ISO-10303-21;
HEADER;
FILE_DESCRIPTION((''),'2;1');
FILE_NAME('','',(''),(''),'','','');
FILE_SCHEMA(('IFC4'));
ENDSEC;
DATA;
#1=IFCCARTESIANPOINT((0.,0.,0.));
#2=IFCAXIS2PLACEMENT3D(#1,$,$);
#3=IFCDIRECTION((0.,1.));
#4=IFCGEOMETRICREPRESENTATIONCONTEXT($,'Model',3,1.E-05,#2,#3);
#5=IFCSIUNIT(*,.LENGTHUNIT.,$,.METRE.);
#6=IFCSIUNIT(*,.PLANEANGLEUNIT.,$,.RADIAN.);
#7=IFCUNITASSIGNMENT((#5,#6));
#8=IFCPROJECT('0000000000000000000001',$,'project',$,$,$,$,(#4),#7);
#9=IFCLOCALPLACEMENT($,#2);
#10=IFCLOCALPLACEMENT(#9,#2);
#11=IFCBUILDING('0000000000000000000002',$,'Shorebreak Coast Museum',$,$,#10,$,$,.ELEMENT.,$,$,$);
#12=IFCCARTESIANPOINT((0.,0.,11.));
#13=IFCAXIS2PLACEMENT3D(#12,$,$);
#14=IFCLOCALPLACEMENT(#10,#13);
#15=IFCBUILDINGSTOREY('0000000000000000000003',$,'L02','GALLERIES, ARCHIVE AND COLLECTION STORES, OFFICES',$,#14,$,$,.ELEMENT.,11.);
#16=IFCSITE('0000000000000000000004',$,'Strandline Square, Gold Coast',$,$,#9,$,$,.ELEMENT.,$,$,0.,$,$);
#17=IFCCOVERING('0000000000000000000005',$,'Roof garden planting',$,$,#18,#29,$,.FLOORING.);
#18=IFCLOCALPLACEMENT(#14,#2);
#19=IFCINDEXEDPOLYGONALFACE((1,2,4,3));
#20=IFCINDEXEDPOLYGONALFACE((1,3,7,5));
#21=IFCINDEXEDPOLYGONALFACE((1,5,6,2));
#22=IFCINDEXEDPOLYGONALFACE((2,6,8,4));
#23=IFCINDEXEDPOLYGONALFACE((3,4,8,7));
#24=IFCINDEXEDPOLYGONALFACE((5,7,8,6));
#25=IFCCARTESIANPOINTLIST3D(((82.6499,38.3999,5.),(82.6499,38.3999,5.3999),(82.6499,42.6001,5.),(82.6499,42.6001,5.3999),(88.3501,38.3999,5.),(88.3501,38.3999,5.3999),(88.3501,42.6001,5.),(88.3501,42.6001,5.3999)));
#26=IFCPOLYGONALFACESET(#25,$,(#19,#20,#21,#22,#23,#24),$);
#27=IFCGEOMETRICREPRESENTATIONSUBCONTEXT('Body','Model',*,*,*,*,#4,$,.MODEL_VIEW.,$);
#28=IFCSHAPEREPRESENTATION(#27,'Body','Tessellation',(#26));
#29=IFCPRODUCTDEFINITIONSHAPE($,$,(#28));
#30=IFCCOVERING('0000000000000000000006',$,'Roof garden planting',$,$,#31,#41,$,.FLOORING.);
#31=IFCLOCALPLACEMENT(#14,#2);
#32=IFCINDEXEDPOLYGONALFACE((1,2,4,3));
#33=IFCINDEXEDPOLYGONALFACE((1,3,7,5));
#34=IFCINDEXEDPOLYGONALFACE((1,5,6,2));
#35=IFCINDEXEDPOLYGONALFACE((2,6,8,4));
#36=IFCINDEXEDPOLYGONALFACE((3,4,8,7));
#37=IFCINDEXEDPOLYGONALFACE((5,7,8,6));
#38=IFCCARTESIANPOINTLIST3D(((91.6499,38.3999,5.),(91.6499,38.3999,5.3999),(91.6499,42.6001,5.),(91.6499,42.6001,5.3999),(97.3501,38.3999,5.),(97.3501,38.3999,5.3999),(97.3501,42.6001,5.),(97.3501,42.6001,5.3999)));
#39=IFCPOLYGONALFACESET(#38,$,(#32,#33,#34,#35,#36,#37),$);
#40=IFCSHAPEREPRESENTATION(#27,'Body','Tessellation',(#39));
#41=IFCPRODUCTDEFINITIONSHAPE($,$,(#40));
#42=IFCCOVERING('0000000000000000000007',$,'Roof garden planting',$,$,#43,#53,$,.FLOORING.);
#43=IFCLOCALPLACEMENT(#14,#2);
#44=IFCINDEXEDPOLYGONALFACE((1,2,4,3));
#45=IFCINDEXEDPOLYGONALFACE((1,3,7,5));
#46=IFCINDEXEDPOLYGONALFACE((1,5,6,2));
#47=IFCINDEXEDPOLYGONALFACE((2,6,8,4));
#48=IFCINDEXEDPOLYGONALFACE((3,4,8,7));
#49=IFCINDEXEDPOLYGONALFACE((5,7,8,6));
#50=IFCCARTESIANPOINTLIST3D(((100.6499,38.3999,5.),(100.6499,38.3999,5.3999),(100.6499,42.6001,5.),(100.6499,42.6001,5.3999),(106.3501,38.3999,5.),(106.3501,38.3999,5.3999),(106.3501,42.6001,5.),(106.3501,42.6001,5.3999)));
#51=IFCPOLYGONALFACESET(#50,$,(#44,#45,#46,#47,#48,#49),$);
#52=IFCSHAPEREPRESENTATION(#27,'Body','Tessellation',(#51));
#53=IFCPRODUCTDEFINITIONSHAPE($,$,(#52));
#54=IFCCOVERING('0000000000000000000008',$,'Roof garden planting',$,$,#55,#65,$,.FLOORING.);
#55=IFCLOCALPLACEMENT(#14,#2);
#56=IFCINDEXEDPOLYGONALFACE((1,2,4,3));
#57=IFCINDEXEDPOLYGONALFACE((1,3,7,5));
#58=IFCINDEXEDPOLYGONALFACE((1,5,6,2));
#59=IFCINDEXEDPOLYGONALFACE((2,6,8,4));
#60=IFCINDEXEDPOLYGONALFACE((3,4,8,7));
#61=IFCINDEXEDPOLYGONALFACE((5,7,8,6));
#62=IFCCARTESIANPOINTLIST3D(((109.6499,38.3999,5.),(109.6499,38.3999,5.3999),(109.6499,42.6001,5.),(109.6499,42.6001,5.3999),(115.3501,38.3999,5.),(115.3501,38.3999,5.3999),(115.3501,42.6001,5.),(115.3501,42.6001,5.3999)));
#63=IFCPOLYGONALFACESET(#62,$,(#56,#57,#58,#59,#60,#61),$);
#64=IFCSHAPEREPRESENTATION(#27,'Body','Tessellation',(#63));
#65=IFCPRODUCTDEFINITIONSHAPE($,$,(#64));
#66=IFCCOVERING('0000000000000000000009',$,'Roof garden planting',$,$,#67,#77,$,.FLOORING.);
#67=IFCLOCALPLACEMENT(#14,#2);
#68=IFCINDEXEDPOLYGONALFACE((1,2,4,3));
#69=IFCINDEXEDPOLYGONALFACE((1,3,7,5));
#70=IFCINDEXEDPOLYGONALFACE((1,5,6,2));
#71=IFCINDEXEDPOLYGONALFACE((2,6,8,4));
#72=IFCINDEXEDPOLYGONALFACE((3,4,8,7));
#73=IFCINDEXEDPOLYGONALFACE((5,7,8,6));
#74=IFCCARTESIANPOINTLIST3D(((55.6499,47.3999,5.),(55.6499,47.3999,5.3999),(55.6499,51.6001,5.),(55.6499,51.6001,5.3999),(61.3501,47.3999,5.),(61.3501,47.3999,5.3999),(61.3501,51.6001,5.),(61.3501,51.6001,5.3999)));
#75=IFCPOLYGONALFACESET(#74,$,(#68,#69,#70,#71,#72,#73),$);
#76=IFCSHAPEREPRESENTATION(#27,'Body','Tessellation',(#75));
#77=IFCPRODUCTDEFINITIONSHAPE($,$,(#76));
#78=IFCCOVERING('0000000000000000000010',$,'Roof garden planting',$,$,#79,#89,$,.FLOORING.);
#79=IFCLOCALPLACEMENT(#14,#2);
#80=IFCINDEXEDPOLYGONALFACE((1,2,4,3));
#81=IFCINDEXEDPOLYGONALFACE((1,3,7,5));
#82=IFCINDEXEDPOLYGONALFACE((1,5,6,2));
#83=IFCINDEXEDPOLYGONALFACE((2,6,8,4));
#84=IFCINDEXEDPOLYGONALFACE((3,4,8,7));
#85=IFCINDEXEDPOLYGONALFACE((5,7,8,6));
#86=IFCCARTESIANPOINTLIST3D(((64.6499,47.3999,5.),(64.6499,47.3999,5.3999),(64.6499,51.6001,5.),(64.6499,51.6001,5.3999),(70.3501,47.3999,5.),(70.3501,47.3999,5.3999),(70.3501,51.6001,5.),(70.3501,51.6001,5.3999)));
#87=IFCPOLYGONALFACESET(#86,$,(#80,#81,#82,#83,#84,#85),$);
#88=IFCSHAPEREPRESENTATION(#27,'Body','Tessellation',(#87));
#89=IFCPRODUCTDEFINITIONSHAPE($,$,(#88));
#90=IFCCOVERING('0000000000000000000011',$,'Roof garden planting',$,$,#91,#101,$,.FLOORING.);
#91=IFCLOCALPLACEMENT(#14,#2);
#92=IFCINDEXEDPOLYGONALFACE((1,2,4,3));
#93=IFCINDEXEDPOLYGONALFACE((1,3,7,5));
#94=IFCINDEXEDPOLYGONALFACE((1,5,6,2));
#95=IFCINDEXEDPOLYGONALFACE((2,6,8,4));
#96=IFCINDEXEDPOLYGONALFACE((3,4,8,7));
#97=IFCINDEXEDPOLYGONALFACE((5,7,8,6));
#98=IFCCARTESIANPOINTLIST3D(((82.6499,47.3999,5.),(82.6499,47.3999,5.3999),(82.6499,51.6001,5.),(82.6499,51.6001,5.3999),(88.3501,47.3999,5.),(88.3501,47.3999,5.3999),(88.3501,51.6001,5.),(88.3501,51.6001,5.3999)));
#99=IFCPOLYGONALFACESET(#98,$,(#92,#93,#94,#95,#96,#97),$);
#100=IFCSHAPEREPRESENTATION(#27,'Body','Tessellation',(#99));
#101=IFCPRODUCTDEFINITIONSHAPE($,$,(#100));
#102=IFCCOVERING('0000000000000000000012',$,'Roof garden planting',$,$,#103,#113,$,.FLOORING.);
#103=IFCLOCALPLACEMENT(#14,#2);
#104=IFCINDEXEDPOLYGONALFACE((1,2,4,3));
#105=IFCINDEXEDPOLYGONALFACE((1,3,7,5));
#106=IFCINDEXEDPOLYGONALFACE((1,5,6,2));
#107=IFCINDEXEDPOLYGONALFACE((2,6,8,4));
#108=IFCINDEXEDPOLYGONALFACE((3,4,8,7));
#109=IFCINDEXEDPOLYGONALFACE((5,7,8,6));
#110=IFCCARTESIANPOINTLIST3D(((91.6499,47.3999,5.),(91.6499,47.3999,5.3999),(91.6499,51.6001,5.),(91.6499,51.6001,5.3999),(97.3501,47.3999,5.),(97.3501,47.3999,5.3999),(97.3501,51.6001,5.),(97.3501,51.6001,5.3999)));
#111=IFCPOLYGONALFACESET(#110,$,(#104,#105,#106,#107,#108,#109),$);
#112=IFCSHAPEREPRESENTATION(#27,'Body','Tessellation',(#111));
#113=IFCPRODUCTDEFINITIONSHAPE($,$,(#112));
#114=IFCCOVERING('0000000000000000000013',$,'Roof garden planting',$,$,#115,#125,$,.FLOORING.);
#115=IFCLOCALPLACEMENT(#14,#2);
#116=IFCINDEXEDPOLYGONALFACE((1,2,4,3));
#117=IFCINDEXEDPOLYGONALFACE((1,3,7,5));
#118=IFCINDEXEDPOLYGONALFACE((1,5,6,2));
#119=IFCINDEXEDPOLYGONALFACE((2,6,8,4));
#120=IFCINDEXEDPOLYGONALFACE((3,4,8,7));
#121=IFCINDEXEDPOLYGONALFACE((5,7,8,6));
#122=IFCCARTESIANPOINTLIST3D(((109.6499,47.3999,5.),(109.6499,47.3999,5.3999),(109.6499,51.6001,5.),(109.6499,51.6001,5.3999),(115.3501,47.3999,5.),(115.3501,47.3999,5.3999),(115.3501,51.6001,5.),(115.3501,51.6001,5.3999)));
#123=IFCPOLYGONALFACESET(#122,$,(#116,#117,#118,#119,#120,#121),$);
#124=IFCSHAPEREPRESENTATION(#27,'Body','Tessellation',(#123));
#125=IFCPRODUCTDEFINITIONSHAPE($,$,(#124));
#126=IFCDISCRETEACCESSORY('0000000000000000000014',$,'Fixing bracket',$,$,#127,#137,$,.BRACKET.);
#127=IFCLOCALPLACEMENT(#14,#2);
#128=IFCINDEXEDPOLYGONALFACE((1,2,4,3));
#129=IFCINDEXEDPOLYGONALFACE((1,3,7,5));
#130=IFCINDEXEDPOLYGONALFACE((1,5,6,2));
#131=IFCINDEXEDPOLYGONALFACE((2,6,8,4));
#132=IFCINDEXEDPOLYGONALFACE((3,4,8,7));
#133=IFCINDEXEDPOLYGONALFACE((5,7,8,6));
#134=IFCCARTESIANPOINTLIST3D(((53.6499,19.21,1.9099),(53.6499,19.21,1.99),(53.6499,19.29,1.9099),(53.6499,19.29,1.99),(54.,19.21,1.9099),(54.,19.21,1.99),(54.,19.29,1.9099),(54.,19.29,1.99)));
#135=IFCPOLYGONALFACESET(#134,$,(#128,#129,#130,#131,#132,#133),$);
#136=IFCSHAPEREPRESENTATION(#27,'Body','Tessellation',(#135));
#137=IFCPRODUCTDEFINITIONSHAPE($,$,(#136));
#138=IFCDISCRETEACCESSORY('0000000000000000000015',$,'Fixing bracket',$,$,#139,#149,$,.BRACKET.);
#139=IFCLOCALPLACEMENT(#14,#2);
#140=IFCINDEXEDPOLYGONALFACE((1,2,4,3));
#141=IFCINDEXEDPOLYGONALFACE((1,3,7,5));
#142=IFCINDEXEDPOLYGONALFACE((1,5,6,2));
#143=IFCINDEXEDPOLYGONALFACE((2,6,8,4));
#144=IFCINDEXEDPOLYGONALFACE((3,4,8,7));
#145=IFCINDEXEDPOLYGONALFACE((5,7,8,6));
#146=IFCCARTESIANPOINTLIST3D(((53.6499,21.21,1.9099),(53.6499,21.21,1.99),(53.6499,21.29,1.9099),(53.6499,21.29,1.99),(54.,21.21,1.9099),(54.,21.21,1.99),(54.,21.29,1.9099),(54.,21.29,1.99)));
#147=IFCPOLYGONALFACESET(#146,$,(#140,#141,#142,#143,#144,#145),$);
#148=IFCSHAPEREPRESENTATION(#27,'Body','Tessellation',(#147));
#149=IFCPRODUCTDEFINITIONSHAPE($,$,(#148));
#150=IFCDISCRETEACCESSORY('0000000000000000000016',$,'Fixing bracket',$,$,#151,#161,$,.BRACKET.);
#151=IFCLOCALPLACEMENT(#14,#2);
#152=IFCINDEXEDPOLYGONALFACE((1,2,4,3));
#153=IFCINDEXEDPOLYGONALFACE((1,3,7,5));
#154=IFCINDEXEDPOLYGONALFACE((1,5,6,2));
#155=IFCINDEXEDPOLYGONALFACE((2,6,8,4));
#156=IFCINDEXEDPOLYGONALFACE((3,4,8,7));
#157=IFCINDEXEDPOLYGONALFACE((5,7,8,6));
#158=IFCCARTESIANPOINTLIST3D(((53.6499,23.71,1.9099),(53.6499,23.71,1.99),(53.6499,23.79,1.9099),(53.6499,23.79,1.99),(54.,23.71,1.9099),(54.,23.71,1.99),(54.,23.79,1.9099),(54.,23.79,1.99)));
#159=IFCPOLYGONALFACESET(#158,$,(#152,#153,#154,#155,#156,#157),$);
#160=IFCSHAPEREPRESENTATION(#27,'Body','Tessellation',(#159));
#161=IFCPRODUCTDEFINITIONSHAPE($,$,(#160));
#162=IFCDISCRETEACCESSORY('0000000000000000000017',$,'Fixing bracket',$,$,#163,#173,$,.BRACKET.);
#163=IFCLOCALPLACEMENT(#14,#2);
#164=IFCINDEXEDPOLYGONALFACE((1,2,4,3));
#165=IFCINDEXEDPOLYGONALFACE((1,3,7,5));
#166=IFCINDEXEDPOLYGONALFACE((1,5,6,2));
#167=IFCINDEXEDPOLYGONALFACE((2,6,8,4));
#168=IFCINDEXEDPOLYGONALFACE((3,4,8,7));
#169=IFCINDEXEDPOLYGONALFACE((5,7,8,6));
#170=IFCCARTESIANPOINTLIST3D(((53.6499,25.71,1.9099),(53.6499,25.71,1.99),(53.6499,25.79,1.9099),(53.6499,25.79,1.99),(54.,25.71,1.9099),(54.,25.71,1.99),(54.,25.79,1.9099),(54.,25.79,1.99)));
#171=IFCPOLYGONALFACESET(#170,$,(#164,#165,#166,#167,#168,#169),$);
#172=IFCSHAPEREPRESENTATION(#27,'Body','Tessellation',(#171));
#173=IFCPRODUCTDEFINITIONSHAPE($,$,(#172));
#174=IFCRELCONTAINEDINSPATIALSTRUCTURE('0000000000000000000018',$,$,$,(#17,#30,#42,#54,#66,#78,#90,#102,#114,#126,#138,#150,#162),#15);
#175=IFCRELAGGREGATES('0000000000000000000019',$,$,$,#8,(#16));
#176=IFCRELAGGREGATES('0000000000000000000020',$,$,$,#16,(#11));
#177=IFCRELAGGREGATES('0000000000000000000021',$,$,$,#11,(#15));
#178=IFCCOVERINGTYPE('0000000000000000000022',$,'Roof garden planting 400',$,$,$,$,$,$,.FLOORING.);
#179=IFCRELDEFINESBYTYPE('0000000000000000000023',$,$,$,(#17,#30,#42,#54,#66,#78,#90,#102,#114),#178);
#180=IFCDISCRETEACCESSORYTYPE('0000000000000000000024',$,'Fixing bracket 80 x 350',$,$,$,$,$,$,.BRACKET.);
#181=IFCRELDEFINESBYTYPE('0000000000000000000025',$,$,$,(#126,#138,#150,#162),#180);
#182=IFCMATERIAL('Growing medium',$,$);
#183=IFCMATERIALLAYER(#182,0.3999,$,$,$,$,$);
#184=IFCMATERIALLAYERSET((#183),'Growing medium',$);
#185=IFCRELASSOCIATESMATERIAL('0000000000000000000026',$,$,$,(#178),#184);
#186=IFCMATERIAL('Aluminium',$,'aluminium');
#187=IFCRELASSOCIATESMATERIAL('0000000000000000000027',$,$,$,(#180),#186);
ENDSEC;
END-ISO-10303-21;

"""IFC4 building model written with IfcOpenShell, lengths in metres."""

from ifc_helpers import new_model, si_unit, direction, frame, origin, origin_2d, place, context, subcontext, project, spatial, polyline, rectangle, outline, extrude, material, layer, layer_set, type_object, element, save


model = new_model("IFC4")

# Units and contexts
model_context = context("Model", 3, precision=1e-05, world=origin(), true_north=direction((0.0, 1.0)))
body_context = subcontext(model_context, "Body", "Model", "MODEL_VIEW")
ifc_project = project(units=[si_unit("LENGTHUNIT", "METRE"), si_unit("PLANEANGLEUNIT", "RADIAN")], contexts=[model_context])

# Site, building, storey
site_placement = place(None, origin())
site = spatial("IfcSite", under=ifc_project, at=site_placement, Name="Strandline Square, Gold Coast", CompositionType="ELEMENT", RefElevation=0.0)
building_placement = place(site_placement, origin())
building = spatial("IfcBuilding", under=site, at=building_placement, Name="Shorebreak Coast Museum", CompositionType="ELEMENT")
storey_placement = place(building_placement, frame((0.0, 0.0, 11.0)))
storey = spatial("IfcBuildingStorey", under=building, at=storey_placement, Name="L02", Description="GALLERIES, ARCHIVE AND COLLECTION STORES, OFFICES", CompositionType="ELEMENT", Elevation=11.0)

# Coverings
ifc_material_1 = material(Name="Growing medium")
ifc_layer_1 = layer(ifc_material_1, 0.3999)
ifc_layer_set_1 = layer_set([ifc_layer_1], Name="Growing medium")
covering_type_1 = type_object("IfcCoveringType", Name="Roof garden planting 400", PredefinedType="FLOORING", material=ifc_layer_set_1)
covering_1_placement = place(storey_placement, frame((0.0, 0.0, 5.0)))
element("IfcCovering", 1, at=covering_1_placement, inside=storey, type_object=covering_type_1, Name="Roof garden planting", PredefinedType="FLOORING", context=body_context, shape_type="SweptSolid", body=[
    extrude(outline(polyline([(88.3501, 38.3999), (88.3501, 42.6001), (82.6499, 42.6001), (82.6499, 38.3999), (88.3501, 38.3999)])), origin(), (0.0, 0.0, 1.0), 0.3999),
])
covering_2_placement = place(storey_placement, frame((0.0, 0.0, 5.0)))
element("IfcCovering", 2, at=covering_2_placement, inside=storey, type_object=covering_type_1, Name="Roof garden planting", PredefinedType="FLOORING", context=body_context, shape_type="SweptSolid", body=[
    extrude(outline(polyline([(97.3501, 38.3999), (97.3501, 42.6001), (91.6499, 42.6001), (91.6499, 38.3999), (97.3501, 38.3999)])), origin(), (0.0, 0.0, 1.0), 0.3999),
])
covering_3_placement = place(storey_placement, frame((0.0, 0.0, 5.0)))
element("IfcCovering", 3, at=covering_3_placement, inside=storey, type_object=covering_type_1, Name="Roof garden planting", PredefinedType="FLOORING", context=body_context, shape_type="SweptSolid", body=[
    extrude(outline(polyline([(106.3501, 38.3999), (106.3501, 42.6001), (100.6499, 42.6001), (100.6499, 38.3999), (106.3501, 38.3999)])), origin(), (0.0, 0.0, 1.0), 0.3999),
])
covering_4_placement = place(storey_placement, frame((0.0, 0.0, 5.0)))
element("IfcCovering", 4, at=covering_4_placement, inside=storey, type_object=covering_type_1, Name="Roof garden planting", PredefinedType="FLOORING", context=body_context, shape_type="SweptSolid", body=[
    extrude(outline(polyline([(115.3501, 38.3999), (115.3501, 42.6001), (109.6499, 42.6001), (109.6499, 38.3999), (115.3501, 38.3999)])), origin(), (0.0, 0.0, 1.0), 0.3999),
])
covering_5_placement = place(storey_placement, frame((0.0, 0.0, 5.0)))
element("IfcCovering", 5, at=covering_5_placement, inside=storey, type_object=covering_type_1, Name="Roof garden planting", PredefinedType="FLOORING", context=body_context, shape_type="SweptSolid", body=[
    extrude(outline(polyline([(61.3501, 47.3999), (61.3501, 51.6001), (55.6499, 51.6001), (55.6499, 47.3999), (61.3501, 47.3999)])), origin(), (0.0, 0.0, 1.0), 0.3999),
])
covering_6_placement = place(storey_placement, frame((0.0, 0.0, 5.0)))
element("IfcCovering", 6, at=covering_6_placement, inside=storey, type_object=covering_type_1, Name="Roof garden planting", PredefinedType="FLOORING", context=body_context, shape_type="SweptSolid", body=[
    extrude(outline(polyline([(70.3501, 47.3999), (70.3501, 51.6001), (64.6499, 51.6001), (64.6499, 47.3999), (70.3501, 47.3999)])), origin(), (0.0, 0.0, 1.0), 0.3999),
])
covering_7_placement = place(storey_placement, frame((0.0, 0.0, 5.0)))
element("IfcCovering", 7, at=covering_7_placement, inside=storey, type_object=covering_type_1, Name="Roof garden planting", PredefinedType="FLOORING", context=body_context, shape_type="SweptSolid", body=[
    extrude(outline(polyline([(88.3501, 47.3999), (88.3501, 51.6001), (82.6499, 51.6001), (82.6499, 47.3999), (88.3501, 47.3999)])), origin(), (0.0, 0.0, 1.0), 0.3999),
])
covering_8_placement = place(storey_placement, frame((0.0, 0.0, 5.0)))
element("IfcCovering", 8, at=covering_8_placement, inside=storey, type_object=covering_type_1, Name="Roof garden planting", PredefinedType="FLOORING", context=body_context, shape_type="SweptSolid", body=[
    extrude(outline(polyline([(97.3501, 47.3999), (97.3501, 51.6001), (91.6499, 51.6001), (91.6499, 47.3999), (97.3501, 47.3999)])), origin(), (0.0, 0.0, 1.0), 0.3999),
])
covering_9_placement = place(storey_placement, frame((0.0, 0.0, 5.0)))
element("IfcCovering", 9, at=covering_9_placement, inside=storey, type_object=covering_type_1, Name="Roof garden planting", PredefinedType="FLOORING", context=body_context, shape_type="SweptSolid", body=[
    extrude(outline(polyline([(115.3501, 47.3999), (115.3501, 51.6001), (109.6499, 51.6001), (109.6499, 47.3999), (115.3501, 47.3999)])), origin(), (0.0, 0.0, 1.0), 0.3999),
])

# Discrete accessories
ifc_material_2 = material(Name="Aluminium", Category="aluminium")
discrete_accessory_type = type_object("IfcDiscreteAccessoryType", Name="Fixing bracket 80 x 350", PredefinedType="BRACKET", material=ifc_material_2)
for number, where, z_axis, x_axis, name in (
    (10, (53.825, 19.25, 1.9099), (0.0, 0.0, 1.0), (1.0, 0.0, 0.0), "Fixing bracket"),
    (11, (53.825, 21.25, 1.9099), (0.0, 0.0, 1.0), (1.0, 0.0, 0.0), "Fixing bracket"),
    (12, (53.825, 23.75, 1.9099), (0.0, 0.0, 1.0), (1.0, 0.0, 0.0), "Fixing bracket"),
    (13, (53.825, 25.75, 1.9099), (0.0, 0.0, 1.0), (1.0, 0.0, 0.0), "Fixing bracket"),
):
    element("IfcDiscreteAccessory", number, at=place(storey_placement, frame(where, z_axis=z_axis, x_axis=x_axis)), inside=storey, type_object=discrete_accessory_type, Name=name, PredefinedType="BRACKET", context=body_context, shape_type="SweptSolid", body=[
        extrude(rectangle(XDim=0.3501, YDim=0.0801, at=origin_2d()), origin(), (0.0, 0.0, 1.0), 0.0801),
    ])

save(model, "model.ifc")
